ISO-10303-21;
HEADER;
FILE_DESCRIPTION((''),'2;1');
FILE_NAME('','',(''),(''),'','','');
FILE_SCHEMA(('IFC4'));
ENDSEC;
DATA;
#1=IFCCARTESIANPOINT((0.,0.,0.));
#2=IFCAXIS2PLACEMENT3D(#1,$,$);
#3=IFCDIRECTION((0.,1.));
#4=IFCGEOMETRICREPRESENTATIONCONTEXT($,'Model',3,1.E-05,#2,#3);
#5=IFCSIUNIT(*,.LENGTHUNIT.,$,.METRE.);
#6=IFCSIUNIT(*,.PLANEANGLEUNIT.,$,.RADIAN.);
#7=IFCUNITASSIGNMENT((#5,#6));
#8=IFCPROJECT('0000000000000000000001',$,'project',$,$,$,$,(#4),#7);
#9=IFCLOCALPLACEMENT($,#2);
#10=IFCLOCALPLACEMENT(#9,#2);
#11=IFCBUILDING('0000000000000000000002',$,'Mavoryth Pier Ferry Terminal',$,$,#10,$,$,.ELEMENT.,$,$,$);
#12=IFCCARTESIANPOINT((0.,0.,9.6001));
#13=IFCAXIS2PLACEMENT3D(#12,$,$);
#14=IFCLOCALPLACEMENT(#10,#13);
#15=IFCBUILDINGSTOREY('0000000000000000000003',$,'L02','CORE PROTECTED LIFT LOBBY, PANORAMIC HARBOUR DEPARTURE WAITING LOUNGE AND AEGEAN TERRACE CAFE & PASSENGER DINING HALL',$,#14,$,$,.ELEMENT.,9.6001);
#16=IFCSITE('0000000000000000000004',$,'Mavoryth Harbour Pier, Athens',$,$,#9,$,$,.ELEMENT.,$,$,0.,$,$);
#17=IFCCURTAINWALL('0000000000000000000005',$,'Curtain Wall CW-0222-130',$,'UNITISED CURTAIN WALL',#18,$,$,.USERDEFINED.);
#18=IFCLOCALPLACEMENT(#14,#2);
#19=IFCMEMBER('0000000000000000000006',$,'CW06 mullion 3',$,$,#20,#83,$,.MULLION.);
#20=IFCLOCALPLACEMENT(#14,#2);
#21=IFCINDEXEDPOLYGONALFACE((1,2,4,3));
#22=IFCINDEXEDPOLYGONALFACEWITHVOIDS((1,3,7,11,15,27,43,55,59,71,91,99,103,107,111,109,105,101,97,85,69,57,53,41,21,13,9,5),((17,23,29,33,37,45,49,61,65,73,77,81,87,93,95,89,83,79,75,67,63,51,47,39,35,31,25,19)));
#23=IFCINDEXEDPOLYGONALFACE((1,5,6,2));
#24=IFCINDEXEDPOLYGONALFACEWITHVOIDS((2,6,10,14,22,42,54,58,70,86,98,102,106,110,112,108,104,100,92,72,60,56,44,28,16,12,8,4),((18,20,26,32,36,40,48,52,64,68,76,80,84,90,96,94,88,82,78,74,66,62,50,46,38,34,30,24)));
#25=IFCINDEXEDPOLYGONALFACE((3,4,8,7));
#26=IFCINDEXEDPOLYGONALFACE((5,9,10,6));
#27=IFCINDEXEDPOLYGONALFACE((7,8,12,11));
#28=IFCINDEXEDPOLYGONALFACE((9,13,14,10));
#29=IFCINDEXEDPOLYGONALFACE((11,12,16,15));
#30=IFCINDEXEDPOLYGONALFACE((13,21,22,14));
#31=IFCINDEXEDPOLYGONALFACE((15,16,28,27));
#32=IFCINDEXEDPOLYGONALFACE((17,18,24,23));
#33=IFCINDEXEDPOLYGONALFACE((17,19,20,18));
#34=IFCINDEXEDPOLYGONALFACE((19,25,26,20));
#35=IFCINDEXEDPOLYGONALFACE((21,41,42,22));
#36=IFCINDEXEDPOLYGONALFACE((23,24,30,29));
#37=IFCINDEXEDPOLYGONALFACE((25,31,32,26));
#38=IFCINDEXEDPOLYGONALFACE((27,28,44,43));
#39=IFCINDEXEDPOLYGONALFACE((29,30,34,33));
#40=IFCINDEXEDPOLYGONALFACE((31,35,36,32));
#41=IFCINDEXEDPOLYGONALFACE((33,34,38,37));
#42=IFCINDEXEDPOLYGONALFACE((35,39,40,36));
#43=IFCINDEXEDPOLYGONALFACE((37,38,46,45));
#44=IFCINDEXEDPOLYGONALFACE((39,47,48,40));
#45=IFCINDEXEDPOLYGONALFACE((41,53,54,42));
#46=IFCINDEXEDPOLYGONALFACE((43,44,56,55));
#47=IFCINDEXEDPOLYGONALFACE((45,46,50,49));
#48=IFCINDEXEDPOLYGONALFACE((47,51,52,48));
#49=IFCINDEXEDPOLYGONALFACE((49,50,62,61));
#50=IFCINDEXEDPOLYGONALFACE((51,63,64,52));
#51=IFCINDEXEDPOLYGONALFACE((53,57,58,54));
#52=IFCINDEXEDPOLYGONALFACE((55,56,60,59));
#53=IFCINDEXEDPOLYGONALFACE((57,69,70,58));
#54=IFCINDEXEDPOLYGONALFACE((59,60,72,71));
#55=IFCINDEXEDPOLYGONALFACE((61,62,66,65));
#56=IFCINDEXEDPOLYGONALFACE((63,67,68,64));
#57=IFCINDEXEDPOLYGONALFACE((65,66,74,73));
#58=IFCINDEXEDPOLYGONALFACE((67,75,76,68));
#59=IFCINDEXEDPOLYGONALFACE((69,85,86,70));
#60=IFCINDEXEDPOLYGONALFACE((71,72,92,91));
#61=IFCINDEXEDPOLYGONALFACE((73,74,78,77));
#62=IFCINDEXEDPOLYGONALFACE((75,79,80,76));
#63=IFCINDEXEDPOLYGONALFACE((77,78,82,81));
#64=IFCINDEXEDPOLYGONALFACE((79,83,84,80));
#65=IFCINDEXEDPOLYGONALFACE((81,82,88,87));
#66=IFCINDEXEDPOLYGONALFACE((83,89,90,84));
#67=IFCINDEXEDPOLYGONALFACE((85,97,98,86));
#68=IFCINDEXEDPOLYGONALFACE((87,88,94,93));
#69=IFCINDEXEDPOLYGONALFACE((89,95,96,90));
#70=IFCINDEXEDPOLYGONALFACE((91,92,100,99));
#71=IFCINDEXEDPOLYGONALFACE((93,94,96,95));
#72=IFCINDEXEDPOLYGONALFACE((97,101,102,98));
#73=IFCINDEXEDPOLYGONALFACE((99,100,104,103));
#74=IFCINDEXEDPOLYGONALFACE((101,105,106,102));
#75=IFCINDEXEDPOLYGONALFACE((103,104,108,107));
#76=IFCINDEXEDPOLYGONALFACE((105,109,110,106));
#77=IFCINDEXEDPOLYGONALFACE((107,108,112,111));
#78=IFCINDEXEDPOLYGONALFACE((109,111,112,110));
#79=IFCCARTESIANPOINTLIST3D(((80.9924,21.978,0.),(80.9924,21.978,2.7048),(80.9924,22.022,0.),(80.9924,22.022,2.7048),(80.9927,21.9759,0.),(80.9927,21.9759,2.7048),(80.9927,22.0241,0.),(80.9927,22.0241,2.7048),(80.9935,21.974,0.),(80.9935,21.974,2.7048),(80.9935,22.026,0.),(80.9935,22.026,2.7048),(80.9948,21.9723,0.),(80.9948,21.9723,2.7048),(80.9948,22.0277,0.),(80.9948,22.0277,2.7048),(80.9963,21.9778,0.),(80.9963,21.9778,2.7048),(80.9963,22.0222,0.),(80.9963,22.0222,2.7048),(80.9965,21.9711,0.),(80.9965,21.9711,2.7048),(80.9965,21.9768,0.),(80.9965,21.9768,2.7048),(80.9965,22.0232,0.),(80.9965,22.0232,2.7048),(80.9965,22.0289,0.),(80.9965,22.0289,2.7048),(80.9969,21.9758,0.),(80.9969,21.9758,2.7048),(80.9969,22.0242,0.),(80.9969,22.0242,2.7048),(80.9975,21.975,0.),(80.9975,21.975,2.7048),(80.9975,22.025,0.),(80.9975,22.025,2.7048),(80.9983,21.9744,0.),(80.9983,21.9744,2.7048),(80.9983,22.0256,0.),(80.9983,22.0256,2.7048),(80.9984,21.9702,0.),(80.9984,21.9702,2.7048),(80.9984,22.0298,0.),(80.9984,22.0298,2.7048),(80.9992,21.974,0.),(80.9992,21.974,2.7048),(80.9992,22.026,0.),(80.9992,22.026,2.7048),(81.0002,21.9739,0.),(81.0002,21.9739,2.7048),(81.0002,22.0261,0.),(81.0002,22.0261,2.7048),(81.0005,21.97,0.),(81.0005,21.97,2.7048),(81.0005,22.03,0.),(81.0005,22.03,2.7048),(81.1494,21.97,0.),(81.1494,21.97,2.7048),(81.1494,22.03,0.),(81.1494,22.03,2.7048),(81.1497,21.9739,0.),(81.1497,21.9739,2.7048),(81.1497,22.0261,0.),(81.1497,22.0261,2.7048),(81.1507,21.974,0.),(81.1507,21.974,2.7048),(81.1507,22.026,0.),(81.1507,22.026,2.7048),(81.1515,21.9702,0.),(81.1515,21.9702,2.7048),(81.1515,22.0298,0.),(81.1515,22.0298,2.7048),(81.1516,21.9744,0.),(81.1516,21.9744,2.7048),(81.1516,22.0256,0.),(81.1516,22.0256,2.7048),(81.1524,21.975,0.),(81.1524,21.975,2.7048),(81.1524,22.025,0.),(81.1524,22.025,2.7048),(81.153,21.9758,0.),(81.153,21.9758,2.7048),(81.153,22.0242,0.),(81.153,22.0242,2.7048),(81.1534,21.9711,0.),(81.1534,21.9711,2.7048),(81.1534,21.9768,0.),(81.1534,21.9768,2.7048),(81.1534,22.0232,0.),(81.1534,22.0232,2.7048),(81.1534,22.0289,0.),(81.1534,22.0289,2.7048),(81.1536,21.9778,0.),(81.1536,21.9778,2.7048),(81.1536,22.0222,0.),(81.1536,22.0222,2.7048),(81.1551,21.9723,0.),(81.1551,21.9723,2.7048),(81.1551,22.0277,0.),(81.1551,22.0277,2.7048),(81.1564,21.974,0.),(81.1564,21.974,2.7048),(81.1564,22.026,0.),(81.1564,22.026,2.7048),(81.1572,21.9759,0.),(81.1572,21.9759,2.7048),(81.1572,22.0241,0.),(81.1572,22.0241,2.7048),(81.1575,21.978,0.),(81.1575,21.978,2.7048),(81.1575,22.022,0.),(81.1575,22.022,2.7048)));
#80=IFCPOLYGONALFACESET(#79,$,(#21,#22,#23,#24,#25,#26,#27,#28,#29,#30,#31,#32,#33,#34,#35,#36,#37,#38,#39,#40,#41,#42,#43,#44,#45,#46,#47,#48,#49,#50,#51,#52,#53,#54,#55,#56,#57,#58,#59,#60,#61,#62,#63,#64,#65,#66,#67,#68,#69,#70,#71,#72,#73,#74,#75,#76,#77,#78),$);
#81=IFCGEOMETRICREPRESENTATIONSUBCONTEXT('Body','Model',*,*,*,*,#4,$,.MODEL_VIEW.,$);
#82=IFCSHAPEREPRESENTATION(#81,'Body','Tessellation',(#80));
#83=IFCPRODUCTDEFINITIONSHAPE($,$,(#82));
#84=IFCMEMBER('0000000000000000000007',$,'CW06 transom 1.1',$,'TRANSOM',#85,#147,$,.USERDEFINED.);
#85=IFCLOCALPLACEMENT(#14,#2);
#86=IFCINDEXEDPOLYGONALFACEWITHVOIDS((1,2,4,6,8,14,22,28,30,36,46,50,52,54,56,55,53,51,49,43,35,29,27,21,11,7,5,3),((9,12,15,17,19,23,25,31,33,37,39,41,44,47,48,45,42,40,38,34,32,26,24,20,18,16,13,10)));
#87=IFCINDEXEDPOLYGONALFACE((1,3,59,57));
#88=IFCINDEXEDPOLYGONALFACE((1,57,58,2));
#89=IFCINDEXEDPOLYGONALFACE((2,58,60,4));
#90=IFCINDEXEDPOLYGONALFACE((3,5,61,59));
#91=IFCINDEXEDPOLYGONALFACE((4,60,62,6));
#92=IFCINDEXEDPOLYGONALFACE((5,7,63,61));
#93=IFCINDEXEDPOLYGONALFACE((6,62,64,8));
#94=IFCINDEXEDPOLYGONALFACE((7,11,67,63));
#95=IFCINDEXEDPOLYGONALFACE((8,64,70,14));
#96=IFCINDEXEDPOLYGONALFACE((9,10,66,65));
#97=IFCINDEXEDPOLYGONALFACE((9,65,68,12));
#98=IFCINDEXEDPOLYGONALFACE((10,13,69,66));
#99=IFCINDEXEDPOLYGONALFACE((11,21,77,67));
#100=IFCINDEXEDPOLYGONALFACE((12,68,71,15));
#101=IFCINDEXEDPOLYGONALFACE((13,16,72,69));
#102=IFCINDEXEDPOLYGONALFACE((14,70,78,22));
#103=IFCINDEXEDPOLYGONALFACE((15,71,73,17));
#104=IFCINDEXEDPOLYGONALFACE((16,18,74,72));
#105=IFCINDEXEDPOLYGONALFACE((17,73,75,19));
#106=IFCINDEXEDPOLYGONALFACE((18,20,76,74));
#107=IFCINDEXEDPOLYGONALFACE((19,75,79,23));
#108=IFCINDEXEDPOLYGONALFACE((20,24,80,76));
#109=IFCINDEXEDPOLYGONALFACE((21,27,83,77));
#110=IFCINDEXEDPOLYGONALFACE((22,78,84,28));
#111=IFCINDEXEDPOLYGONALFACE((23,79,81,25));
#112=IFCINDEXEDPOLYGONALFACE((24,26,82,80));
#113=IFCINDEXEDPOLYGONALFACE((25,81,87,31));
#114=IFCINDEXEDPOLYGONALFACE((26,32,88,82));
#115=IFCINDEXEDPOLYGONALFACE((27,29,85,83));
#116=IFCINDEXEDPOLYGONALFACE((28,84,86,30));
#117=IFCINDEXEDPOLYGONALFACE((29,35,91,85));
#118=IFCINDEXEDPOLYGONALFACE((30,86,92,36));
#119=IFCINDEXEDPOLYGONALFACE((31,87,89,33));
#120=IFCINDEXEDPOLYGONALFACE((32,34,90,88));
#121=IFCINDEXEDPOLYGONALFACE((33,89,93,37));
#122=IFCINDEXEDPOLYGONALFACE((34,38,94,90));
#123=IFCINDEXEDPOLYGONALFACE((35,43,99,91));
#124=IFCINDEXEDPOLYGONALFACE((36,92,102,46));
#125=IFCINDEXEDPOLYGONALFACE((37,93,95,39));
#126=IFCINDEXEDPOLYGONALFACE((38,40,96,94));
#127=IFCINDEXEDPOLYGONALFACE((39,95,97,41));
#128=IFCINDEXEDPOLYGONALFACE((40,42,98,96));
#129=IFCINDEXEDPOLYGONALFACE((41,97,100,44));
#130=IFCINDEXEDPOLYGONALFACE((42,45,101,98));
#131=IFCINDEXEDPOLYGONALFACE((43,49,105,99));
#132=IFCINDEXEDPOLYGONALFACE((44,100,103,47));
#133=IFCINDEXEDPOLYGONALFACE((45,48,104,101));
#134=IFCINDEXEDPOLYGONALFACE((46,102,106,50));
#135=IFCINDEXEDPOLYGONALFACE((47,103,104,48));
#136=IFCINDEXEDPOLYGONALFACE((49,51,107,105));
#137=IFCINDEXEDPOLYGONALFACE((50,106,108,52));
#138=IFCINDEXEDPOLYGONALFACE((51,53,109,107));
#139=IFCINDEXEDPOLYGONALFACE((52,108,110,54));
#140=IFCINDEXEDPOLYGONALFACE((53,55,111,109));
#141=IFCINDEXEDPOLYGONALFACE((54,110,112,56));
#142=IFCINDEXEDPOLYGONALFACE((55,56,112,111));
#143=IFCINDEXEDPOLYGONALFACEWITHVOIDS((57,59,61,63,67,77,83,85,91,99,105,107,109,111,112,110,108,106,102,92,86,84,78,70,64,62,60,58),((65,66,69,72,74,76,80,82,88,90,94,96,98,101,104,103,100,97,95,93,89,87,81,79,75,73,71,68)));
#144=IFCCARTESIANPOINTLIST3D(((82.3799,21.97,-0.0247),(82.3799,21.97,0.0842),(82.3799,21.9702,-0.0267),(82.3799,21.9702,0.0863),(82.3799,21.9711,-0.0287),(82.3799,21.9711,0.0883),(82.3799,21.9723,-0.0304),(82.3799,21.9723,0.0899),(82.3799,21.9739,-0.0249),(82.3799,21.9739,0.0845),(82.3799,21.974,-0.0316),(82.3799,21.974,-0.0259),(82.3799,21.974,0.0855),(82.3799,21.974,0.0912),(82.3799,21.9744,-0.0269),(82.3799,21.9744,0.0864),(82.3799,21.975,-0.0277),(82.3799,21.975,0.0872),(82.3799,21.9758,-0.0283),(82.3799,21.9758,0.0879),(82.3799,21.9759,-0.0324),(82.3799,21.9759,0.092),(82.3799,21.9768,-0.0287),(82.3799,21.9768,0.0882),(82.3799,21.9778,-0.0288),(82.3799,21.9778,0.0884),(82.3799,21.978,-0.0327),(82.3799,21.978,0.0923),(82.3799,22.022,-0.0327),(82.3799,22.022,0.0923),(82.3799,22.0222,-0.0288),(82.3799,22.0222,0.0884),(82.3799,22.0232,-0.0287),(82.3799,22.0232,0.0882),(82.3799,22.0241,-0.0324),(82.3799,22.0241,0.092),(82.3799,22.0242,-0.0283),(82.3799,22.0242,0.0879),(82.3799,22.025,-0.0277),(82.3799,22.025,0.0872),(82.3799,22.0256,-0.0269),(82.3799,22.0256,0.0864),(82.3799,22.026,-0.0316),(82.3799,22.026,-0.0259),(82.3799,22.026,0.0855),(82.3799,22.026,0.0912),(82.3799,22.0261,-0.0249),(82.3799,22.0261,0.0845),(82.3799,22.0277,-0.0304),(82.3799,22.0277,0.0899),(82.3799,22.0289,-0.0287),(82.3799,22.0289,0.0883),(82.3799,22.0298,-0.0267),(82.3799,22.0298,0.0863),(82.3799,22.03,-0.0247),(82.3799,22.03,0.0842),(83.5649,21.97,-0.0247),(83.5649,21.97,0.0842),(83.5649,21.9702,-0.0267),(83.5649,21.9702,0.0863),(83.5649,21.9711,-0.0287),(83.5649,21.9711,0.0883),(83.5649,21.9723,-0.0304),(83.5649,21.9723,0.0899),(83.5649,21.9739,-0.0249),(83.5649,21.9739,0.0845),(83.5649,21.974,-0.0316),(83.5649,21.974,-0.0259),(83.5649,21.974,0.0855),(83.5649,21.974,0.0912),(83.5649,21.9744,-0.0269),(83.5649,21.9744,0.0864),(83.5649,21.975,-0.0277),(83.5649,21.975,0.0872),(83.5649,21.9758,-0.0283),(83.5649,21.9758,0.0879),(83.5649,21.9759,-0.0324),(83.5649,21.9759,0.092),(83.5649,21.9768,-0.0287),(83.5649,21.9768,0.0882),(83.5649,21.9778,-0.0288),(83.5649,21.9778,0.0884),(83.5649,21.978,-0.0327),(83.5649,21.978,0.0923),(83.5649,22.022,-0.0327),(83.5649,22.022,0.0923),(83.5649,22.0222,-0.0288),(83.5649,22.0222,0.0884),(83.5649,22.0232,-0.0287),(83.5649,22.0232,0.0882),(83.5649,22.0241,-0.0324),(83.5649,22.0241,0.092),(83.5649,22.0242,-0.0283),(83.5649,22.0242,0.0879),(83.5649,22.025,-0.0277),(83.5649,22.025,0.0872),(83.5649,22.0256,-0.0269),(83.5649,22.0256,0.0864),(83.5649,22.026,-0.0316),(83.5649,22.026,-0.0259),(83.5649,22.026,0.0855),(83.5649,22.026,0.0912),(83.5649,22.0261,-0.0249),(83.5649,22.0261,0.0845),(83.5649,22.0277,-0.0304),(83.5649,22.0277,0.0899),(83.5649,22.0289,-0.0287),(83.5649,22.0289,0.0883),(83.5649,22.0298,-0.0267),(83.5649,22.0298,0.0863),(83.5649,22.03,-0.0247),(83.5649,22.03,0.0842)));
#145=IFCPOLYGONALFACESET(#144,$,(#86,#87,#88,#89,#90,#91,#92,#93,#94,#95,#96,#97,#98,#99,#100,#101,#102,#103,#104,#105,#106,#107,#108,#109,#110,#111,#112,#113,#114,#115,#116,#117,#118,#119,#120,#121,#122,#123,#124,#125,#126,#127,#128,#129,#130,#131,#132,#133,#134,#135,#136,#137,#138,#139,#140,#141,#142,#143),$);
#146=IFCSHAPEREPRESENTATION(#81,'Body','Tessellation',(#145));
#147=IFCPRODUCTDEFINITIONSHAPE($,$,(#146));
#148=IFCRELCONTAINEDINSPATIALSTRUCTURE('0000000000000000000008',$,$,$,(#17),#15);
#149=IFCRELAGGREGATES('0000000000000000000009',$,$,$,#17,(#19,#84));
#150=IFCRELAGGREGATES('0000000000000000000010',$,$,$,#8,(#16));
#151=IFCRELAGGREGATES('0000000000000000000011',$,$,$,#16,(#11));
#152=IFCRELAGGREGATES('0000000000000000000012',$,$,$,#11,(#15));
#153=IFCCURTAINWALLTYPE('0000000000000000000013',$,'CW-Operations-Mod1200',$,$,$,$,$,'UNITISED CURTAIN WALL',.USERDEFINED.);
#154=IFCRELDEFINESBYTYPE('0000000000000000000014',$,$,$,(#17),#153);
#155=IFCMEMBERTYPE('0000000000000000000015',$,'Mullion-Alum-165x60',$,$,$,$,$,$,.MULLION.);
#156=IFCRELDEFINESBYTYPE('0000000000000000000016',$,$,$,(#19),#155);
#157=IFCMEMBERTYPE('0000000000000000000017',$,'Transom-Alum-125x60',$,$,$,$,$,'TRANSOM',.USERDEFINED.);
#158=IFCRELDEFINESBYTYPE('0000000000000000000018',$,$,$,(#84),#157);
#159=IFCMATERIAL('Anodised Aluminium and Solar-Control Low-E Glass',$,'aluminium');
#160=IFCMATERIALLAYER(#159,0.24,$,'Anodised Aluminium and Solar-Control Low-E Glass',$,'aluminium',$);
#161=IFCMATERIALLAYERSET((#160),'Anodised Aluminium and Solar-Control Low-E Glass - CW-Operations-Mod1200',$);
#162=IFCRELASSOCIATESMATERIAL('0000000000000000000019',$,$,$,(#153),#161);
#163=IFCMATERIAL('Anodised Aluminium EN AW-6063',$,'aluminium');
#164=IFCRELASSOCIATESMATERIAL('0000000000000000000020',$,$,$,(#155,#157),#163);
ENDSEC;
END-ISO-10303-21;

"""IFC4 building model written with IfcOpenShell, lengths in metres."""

from ifc_helpers import new_model, si_unit, direction, frame, origin, origin_2d, place, context, subcontext, project, spatial, hollow_rectangle, extrude, material, layer, layer_set, material_profile, profile_set, type_object, element, aggregate, save


model = new_model("IFC4")

# Units and contexts
model_context = context("Model", 3, precision=1e-05, world=origin(), true_north=direction((0.0, 1.0)))
body_context = subcontext(model_context, "Body", "Model", "MODEL_VIEW")
ifc_project = project(units=[si_unit("LENGTHUNIT", "METRE"), si_unit("PLANEANGLEUNIT", "RADIAN")], contexts=[model_context])

# Site, building, storey
site_placement = place(None, origin())
site = spatial("IfcSite", under=ifc_project, at=site_placement, Name="Mavoryth Harbour Pier, Athens", CompositionType="ELEMENT", RefElevation=0.0)
building_placement = place(site_placement, origin())
building = spatial("IfcBuilding", under=site, at=building_placement, Name="Mavoryth Pier Ferry Terminal", CompositionType="ELEMENT")
storey_placement = place(building_placement, frame((0.0, 0.0, 9.6001)))
storey = spatial("IfcBuildingStorey", under=building, at=storey_placement, Name="L02", Description="CORE PROTECTED LIFT LOBBY, PANORAMIC HARBOUR DEPARTURE WAITING LOUNGE AND AEGEAN TERRACE CAFE & PASSENGER DINING HALL", CompositionType="ELEMENT", Elevation=9.6001)

# Curtain wall, members
ifc_material_1 = material(Name="Anodised Aluminium and Solar-Control Low-E Glass", Category="aluminium")
ifc_layer_1 = layer(ifc_material_1, 0.24, Name="Anodised Aluminium and Solar-Control Low-E Glass", Category="aluminium")
ifc_layer_set_1 = layer_set([ifc_layer_1], Name="Anodised Aluminium and Solar-Control Low-E Glass - CW-Operations-Mod1200")
curtain_wall_type = type_object("IfcCurtainWallType", Name="CW-Operations-Mod1200", ElementType="UNITISED CURTAIN WALL", PredefinedType="USERDEFINED", material=ifc_layer_set_1)
curtain_wall_placement = place(storey_placement, origin())
curtain_wall = element("IfcCurtainWall", 1, at=curtain_wall_placement, inside=storey, type_object=curtain_wall_type, Name="Curtain Wall CW-0222-130", ObjectType="UNITISED CURTAIN WALL", PredefinedType="USERDEFINED")
ifc_material_2 = material(Name="Anodised Aluminium EN AW-6063", Category="aluminium")
ifc_material_profile_1 = material_profile(ifc_material_2, hollow_rectangle(XDim=0.0601, YDim=0.165, WallThickness=0.0039, InnerFilletRadius=0.0039, OuterFilletRadius=0.0081, at=origin_2d()), Name="AL-MULL 165x60x4", Category="aluminium")
ifc_profile_set_1 = profile_set([ifc_material_profile_1], Name="Anodised Aluminium EN AW-6063 - AL-MULL 165x60x4")
member_type_1 = type_object("IfcMemberType", Name="Mullion-Alum-165x60", PredefinedType="MULLION", material=ifc_profile_set_1)
member_1_placement = place(storey_placement, frame((81.075, 22.0, 0.0), z_axis=(0.0, 0.0, 1.0), x_axis=(0.0, -1.0, 0.0)))
member_1 = element("IfcMember", 2, at=member_1_placement, type_object=member_type_1, Name="CW06 mullion 3", PredefinedType="MULLION", context=body_context, shape_type="SweptSolid", body=[
    extrude(hollow_rectangle(XDim=0.0601, YDim=0.165, WallThickness=0.0039, InnerFilletRadius=0.0039, OuterFilletRadius=0.0081, at=origin_2d()), origin(), (0.0, 0.0, 1.0), 2.7048),
])
ifc_material_profile_2 = material_profile(ifc_material_2, hollow_rectangle(XDim=0.0601, YDim=0.125, WallThickness=0.0039, InnerFilletRadius=0.0039, OuterFilletRadius=0.0081, at=origin_2d()), Name="AL-TRAN 125x60x4", Category="aluminium")
ifc_profile_set_2 = profile_set([ifc_material_profile_2], Name="Anodised Aluminium EN AW-6063 - AL-TRAN 125x60x4")
member_type_2 = type_object("IfcMemberType", Name="Transom-Alum-125x60", ElementType="TRANSOM", PredefinedType="USERDEFINED", material=ifc_profile_set_2)
member_2_placement = place(storey_placement, frame((83.5649, 22.0, 0.0298), z_axis=(-1.0, 0.0, 0.0), x_axis=(0.0, -1.0, 0.0)))
member_2 = element("IfcMember", 3, at=member_2_placement, type_object=member_type_2, Name="CW06 transom 1.1", ObjectType="TRANSOM", PredefinedType="USERDEFINED", context=body_context, shape_type="SweptSolid", body=[
    extrude(hollow_rectangle(XDim=0.0601, YDim=0.125, WallThickness=0.0039, InnerFilletRadius=0.0039, OuterFilletRadius=0.0081, at=origin_2d()), origin(), (0.0, 0.0, 1.0), 1.1851),
])
aggregate(curtain_wall, [member_1, member_2])

save(model, "model.ifc")
